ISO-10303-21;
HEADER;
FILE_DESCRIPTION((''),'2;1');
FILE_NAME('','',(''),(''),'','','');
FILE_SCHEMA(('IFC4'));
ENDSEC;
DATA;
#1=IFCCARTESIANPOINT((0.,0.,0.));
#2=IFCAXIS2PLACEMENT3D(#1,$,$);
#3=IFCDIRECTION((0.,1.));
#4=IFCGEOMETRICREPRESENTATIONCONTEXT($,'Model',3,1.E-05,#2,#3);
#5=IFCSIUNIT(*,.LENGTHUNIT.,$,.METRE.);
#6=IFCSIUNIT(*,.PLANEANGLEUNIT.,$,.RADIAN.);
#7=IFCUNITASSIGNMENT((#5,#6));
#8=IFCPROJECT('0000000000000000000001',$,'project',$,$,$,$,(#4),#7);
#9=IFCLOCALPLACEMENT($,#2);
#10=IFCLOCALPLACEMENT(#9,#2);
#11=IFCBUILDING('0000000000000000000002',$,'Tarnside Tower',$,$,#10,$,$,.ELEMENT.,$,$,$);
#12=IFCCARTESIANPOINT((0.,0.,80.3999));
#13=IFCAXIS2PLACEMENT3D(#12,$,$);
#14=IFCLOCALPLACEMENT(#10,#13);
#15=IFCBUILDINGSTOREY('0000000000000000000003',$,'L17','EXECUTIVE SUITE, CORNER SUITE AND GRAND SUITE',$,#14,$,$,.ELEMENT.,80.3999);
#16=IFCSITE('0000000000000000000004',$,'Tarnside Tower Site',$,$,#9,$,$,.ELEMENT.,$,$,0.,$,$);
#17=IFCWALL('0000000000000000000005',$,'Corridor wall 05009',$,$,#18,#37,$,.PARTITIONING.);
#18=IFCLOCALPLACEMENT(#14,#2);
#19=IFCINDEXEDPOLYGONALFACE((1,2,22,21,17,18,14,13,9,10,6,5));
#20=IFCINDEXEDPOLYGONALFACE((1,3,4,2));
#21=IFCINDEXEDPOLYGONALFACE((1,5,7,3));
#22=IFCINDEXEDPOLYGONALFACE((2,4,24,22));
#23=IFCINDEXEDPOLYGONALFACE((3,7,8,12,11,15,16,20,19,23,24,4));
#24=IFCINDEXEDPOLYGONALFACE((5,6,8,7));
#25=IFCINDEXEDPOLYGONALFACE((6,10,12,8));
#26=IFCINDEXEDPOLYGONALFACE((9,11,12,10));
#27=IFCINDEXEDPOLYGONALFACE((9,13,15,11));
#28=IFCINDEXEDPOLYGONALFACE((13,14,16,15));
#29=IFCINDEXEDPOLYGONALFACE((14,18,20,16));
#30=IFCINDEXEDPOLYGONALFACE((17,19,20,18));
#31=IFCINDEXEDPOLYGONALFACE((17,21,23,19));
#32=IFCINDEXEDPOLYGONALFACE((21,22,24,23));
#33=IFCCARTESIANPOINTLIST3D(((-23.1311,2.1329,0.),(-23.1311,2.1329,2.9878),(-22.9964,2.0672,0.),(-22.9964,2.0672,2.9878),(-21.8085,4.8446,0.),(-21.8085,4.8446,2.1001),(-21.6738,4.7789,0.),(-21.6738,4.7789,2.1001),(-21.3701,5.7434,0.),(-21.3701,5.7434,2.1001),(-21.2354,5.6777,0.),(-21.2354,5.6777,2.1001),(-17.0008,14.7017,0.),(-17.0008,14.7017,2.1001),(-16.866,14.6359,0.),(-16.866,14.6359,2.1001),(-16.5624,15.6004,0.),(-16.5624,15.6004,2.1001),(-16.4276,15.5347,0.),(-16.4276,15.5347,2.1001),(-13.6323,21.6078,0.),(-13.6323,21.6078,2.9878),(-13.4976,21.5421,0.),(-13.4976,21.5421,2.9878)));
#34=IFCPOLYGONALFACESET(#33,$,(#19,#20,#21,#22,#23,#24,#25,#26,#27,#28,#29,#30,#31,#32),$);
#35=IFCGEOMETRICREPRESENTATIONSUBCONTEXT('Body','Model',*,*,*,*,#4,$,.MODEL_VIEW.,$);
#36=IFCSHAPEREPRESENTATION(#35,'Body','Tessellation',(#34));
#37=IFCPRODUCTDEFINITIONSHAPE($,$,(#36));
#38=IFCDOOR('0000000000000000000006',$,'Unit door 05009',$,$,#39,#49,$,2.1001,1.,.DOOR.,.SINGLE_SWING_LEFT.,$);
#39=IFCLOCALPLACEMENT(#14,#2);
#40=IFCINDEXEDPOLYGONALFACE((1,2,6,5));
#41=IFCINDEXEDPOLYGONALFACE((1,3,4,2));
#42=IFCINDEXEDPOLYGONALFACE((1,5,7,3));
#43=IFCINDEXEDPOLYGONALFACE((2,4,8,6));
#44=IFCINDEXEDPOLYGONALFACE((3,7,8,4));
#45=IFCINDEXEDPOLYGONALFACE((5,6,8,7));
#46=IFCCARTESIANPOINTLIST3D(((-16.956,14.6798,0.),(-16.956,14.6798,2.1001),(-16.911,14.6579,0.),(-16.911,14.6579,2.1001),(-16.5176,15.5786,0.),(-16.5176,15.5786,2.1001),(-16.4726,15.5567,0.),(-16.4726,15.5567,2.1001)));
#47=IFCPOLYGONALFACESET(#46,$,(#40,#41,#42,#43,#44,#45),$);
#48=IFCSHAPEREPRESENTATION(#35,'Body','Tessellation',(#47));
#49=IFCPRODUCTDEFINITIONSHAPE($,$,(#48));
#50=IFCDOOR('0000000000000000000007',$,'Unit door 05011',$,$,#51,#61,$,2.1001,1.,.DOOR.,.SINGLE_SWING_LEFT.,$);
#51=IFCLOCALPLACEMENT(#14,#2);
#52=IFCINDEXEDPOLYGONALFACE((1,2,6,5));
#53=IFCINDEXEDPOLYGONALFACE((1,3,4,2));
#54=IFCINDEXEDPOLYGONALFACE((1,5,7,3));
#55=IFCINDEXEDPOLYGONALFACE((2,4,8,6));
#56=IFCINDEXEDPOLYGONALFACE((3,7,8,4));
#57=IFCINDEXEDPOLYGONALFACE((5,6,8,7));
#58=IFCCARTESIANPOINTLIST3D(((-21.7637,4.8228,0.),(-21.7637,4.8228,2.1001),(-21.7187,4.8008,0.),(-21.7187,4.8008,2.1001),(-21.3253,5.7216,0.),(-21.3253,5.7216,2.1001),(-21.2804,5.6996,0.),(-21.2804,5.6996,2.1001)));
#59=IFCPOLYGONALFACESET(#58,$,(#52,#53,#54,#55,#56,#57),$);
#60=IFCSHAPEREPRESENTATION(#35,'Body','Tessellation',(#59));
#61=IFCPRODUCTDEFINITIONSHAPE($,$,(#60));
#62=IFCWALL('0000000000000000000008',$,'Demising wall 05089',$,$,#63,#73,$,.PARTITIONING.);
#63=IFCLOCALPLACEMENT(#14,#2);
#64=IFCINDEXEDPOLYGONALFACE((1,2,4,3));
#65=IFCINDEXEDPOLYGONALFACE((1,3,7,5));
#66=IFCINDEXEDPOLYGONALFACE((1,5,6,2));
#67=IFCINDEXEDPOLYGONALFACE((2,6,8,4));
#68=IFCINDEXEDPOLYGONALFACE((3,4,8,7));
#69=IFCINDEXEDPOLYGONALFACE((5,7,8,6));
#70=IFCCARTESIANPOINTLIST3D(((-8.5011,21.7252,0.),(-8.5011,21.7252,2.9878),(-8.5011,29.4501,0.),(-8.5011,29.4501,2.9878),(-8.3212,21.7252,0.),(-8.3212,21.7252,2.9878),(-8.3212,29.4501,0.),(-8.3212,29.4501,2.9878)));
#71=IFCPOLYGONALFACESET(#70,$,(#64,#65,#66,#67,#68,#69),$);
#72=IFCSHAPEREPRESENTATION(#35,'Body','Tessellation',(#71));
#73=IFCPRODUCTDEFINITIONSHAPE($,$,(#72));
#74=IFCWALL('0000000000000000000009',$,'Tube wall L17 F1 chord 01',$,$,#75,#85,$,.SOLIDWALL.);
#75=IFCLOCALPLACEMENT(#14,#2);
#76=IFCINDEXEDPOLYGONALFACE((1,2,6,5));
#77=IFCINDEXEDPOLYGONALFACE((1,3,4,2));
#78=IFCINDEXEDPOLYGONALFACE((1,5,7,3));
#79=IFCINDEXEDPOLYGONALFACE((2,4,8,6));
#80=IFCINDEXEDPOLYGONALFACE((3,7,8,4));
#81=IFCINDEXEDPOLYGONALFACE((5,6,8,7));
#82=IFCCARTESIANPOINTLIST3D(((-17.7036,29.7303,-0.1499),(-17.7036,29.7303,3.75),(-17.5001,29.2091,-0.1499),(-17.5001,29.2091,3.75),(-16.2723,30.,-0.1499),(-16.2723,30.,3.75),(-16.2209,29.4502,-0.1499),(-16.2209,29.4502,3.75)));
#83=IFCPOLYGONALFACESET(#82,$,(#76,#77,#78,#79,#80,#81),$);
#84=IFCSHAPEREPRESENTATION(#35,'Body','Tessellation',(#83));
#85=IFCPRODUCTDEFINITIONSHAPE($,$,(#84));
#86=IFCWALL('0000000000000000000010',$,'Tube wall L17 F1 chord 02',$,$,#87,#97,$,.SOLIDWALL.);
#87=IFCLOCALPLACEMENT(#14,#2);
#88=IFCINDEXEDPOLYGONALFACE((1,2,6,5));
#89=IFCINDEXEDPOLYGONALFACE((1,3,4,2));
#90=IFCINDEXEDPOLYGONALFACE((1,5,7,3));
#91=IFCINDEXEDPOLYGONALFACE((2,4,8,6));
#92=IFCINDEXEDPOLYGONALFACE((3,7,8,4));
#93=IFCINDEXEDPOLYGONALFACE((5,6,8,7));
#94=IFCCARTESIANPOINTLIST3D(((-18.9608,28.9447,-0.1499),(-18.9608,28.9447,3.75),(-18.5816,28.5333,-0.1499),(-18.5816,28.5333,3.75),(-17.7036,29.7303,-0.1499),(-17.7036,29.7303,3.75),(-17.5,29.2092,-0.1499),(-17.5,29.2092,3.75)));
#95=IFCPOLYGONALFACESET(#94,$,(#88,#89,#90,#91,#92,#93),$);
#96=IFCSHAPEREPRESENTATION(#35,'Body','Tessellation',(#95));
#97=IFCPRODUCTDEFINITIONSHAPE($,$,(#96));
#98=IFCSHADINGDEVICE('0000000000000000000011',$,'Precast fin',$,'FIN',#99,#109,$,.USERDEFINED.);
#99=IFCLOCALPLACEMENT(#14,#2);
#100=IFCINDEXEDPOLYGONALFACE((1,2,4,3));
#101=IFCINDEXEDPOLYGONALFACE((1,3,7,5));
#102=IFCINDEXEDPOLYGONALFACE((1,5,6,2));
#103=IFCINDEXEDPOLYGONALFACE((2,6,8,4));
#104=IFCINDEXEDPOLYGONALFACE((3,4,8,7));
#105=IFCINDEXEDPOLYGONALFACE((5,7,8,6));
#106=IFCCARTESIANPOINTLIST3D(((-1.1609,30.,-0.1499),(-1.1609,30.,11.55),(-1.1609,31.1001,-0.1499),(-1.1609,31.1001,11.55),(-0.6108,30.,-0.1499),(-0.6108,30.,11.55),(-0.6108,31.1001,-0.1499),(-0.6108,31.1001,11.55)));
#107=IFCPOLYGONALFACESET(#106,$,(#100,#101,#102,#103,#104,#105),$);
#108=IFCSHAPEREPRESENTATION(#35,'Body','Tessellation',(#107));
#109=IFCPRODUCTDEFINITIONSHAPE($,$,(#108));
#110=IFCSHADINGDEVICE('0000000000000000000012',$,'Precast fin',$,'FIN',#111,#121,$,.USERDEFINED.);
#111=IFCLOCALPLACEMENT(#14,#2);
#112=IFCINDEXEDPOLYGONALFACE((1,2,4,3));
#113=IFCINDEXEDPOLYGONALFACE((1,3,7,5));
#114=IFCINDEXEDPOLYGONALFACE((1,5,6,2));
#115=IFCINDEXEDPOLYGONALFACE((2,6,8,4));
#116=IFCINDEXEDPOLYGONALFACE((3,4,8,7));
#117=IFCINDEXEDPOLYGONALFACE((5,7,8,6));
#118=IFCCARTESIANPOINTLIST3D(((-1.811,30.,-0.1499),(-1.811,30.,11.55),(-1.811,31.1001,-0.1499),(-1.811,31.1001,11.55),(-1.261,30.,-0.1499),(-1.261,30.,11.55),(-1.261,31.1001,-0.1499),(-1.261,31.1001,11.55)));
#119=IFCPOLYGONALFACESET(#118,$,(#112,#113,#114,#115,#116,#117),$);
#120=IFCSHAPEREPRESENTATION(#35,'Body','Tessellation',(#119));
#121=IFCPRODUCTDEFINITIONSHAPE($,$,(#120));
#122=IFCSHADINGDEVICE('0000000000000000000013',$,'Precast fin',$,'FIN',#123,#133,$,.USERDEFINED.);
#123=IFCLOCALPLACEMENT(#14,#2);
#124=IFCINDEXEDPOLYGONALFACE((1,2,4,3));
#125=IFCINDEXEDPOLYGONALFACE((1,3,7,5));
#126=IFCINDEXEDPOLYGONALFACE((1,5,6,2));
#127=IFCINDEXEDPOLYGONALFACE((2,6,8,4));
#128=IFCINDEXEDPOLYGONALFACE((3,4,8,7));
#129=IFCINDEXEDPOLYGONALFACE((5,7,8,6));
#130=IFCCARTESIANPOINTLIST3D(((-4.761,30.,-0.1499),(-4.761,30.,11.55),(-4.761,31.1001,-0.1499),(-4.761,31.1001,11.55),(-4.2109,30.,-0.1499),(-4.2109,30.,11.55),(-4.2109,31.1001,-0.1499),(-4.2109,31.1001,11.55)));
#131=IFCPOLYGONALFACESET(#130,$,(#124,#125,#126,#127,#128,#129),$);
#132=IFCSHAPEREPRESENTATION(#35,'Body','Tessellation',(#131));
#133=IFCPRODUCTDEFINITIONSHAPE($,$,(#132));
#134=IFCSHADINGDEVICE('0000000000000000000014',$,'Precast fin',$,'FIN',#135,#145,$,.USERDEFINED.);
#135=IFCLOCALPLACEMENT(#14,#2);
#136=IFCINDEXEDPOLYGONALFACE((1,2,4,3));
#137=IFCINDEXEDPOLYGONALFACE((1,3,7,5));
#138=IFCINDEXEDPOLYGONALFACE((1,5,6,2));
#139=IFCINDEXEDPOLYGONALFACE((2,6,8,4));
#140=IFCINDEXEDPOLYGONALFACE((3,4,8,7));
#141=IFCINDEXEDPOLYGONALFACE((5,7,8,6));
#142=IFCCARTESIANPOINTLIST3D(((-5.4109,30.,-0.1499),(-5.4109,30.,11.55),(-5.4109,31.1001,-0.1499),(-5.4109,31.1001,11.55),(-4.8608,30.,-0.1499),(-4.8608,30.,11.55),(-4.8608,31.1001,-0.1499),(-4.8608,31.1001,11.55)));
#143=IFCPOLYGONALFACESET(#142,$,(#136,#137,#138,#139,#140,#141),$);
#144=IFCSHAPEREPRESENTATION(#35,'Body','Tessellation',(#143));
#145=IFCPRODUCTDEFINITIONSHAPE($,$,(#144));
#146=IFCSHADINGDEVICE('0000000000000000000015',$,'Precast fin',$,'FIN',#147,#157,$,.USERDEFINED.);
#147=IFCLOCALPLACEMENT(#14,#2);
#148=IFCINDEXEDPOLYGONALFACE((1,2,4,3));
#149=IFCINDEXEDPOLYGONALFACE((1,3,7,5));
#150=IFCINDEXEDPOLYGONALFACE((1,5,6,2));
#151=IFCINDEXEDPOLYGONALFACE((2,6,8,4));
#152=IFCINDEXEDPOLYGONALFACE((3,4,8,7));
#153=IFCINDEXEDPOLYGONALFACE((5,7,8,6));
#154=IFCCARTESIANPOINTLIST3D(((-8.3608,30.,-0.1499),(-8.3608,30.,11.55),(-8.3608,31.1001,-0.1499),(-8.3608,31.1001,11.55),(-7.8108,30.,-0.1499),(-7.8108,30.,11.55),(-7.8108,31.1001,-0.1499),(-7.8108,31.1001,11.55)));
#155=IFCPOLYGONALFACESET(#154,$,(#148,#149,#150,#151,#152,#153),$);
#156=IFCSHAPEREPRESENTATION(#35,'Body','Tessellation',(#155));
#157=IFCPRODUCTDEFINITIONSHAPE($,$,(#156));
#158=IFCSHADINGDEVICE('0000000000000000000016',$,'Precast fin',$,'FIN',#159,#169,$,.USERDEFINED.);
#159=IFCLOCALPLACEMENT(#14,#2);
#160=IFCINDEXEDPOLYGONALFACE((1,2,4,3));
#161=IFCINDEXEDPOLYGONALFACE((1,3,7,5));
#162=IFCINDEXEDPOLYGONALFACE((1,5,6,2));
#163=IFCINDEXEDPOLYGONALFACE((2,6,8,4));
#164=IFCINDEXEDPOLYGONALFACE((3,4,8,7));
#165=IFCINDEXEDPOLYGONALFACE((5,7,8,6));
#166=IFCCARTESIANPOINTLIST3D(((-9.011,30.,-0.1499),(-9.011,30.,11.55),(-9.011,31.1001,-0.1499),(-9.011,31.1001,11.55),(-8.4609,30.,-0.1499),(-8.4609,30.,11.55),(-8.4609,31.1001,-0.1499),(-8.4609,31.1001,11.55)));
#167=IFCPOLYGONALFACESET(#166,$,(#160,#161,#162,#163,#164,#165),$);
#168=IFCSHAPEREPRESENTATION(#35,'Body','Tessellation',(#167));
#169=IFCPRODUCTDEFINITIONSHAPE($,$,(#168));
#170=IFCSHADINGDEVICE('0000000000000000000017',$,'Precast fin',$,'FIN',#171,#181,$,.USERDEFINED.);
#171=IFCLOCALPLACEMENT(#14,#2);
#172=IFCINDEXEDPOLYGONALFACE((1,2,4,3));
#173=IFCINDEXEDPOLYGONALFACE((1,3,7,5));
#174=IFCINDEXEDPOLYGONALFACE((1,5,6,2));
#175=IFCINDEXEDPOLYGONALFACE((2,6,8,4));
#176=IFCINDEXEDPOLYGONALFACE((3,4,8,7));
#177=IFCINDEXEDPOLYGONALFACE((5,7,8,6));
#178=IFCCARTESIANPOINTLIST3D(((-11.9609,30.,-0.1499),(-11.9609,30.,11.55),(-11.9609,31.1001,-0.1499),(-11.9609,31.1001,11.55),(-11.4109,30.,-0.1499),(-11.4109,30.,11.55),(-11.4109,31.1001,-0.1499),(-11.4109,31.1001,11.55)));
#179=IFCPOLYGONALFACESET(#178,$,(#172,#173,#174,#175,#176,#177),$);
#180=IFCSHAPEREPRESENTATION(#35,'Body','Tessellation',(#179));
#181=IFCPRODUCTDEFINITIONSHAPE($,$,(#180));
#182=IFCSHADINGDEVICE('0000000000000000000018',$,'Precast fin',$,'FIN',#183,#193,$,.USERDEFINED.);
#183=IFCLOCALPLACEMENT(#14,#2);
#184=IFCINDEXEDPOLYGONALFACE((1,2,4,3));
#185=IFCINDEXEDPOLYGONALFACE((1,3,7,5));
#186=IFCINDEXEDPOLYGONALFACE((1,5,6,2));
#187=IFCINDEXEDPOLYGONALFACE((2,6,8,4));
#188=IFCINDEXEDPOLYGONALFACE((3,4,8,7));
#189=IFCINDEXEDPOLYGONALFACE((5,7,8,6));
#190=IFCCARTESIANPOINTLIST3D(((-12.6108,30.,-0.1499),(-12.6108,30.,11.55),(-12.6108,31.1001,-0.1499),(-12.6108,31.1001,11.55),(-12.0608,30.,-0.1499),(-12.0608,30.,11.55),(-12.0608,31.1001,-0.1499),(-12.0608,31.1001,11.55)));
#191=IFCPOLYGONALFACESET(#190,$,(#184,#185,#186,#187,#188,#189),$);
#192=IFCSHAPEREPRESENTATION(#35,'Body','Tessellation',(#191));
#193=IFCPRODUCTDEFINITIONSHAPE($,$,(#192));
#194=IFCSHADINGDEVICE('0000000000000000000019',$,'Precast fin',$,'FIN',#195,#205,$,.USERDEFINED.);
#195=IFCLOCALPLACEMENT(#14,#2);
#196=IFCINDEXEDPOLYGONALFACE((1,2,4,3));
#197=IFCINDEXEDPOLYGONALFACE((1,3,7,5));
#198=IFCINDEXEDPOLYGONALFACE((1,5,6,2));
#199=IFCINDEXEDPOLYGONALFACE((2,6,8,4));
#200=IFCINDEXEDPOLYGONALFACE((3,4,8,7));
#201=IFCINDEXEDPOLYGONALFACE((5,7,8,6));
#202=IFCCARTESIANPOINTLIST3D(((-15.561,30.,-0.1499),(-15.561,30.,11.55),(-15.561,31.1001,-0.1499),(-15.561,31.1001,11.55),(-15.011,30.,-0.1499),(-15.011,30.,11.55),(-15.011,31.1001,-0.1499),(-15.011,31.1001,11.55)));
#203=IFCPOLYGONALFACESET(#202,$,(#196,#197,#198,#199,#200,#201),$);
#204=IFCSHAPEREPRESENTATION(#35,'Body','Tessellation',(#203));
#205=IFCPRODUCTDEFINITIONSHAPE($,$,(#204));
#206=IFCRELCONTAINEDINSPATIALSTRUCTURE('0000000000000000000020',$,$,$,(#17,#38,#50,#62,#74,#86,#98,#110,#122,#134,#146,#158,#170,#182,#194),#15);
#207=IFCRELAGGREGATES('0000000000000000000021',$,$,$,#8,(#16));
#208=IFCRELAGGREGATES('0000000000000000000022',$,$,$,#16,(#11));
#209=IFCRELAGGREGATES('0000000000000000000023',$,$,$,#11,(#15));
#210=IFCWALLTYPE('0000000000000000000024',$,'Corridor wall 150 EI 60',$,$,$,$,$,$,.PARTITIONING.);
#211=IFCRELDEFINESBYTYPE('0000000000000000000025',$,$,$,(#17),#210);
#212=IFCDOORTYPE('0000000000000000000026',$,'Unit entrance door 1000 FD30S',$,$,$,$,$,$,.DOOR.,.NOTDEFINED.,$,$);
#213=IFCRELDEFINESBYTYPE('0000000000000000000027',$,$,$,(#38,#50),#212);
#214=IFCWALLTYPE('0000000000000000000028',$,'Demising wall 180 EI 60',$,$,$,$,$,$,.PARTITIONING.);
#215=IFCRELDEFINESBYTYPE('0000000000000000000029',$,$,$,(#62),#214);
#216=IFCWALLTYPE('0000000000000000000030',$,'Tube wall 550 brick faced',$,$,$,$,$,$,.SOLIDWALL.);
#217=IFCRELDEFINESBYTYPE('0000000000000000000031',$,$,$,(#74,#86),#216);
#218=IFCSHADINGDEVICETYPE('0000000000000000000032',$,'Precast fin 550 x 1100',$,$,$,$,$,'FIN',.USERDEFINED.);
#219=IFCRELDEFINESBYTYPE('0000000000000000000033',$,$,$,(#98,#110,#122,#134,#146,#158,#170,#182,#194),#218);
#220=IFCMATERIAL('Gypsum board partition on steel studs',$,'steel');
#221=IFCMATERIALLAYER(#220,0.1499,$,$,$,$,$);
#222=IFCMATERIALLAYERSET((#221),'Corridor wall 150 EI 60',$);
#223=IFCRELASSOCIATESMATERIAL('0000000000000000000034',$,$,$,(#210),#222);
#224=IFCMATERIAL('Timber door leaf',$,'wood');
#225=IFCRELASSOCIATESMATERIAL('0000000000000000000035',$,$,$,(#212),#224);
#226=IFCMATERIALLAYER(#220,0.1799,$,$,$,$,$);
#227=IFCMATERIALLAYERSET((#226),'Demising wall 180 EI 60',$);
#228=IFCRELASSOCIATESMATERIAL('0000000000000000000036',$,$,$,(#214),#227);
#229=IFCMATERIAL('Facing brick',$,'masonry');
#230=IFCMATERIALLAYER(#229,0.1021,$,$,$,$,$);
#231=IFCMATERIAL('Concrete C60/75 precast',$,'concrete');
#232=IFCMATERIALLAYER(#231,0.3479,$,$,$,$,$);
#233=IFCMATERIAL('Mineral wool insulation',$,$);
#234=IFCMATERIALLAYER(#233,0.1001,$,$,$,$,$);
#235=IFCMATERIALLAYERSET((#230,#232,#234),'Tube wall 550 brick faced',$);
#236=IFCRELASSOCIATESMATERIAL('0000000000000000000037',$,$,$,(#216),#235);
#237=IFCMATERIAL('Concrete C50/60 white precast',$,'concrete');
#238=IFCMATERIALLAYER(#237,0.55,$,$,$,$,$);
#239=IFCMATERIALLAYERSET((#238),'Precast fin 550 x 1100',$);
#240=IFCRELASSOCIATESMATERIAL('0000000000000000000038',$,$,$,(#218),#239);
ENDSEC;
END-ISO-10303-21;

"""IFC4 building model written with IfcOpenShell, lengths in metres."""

from ifc_helpers import new_model, si_unit, direction, frame, frame_2d, origin, place, context, subcontext, project, spatial, polyline, rectangle, outline, extrude, material, layer, layer_set, type_object, element, fill, save


model = new_model("IFC4")

# Units and contexts
model_context = context("Model", 3, precision=1e-05, world=origin(), true_north=direction((0.0, 1.0)))
body_context = subcontext(model_context, "Body", "Model", "MODEL_VIEW")
ifc_project = project(units=[si_unit("LENGTHUNIT", "METRE"), si_unit("PLANEANGLEUNIT", "RADIAN")], contexts=[model_context])

# Site, building, storey
site_placement = place(None, origin())
site = spatial("IfcSite", under=ifc_project, at=site_placement, Name="Tarnside Tower Site", CompositionType="ELEMENT", RefElevation=0.0)
building_placement = place(site_placement, origin())
building = spatial("IfcBuilding", under=site, at=building_placement, Name="Tarnside Tower", CompositionType="ELEMENT")
storey_placement = place(building_placement, frame((0.0, 0.0, 80.3999)))
storey = spatial("IfcBuildingStorey", under=building, at=storey_placement, Name="L17", Description="EXECUTIVE SUITE, CORNER SUITE AND GRAND SUITE", CompositionType="ELEMENT", Elevation=80.3999)

# Shared definitions
ifc_material_1 = material(Name="Gypsum board partition on steel studs", Category="steel")
ifc_material_2 = material(Name="Timber door leaf", Category="wood")

# Wall, openings, doors
ifc_layer_1 = layer(ifc_material_1, 0.1499)
ifc_layer_set_1 = layer_set([ifc_layer_1], Name="Corridor wall 150 EI 60")
wall_type_1 = type_object("IfcWallType", Name="Corridor wall 150 EI 60", PredefinedType="PARTITIONING", material=ifc_layer_set_1)
wall_1_placement = place(storey_placement, frame((-13.5649, 21.575, 0.0), z_axis=(0.0, 0.0, 1.0), x_axis=(-0.438381, -0.898789, 0.0)))
wall_1 = element("IfcWall", 1, at=wall_1_placement, inside=storey, type_object=wall_type_1, Name="Corridor wall 05009", PredefinedType="PARTITIONING", context=body_context, shape_type="SweptSolid", body=[
    extrude(rectangle(XDim=21.668, YDim=0.1499, at=frame_2d((10.834, 0.0))), origin(), (0.0, 0.0, 1.0), 2.9878),
])
opening_1_placement = place(wall_1_placement, frame((6.6838, 0.0, 0.0)))
opening_1 = element("IfcOpeningElement", 2, at=opening_1_placement, cuts=wall_1, PredefinedType="OPENING", context=body_context, shape_type="SweptSolid", body=[
    extrude(rectangle(XDim=1.0, YDim=2.1001, at=frame_2d((0.5, 1.05))), frame((0.0, 0.085, 0.0), z_axis=(0.0, -1.0, 0.0), x_axis=(1.0, 0.0, 0.0)), (0.0, 0.0, 1.0), 0.1699),
])
opening_2_placement = place(wall_1_placement, frame((17.6509, 0.0, 0.0)))
opening_2 = element("IfcOpeningElement", 3, at=opening_2_placement, cuts=wall_1, PredefinedType="OPENING", context=body_context, shape_type="SweptSolid", body=[
    extrude(rectangle(XDim=1.0, YDim=2.1001, at=frame_2d((0.5, 1.05))), frame((0.0, 0.085, 0.0), z_axis=(0.0, -1.0, 0.0), x_axis=(1.0, 0.0, 0.0)), (0.0, 0.0, 1.0), 0.1699),
])
door_type_1 = type_object("IfcDoorType", Name="Unit entrance door 1000 FD30S", OperationType="NOTDEFINED", PredefinedType="DOOR", material=ifc_material_2)
door_1_placement = place(opening_1_placement, origin())
door_1 = element("IfcDoor", 4, at=door_1_placement, inside=storey, type_object=door_type_1, Name="Unit door 05009", OperationType="SINGLE_SWING_LEFT", OverallHeight=2.1001, OverallWidth=1.0, PredefinedType="DOOR", context=body_context, shape_type="SweptSolid", body=[
    extrude(rectangle(XDim=1.0, YDim=2.1001, at=frame_2d((0.5, 1.05))), frame((0.0, 0.0249, 0.0), z_axis=(0.0, -1.0, 0.0), x_axis=(1.0, 0.0, 0.0)), (0.0, 0.0, 1.0), 0.05),
])
fill(opening_1, door_1)
door_2_placement = place(opening_2_placement, origin())
door_2 = element("IfcDoor", 5, at=door_2_placement, inside=storey, type_object=door_type_1, Name="Unit door 05011", OperationType="SINGLE_SWING_LEFT", OverallHeight=2.1001, OverallWidth=1.0, PredefinedType="DOOR", context=body_context, shape_type="SweptSolid", body=[
    extrude(rectangle(XDim=1.0, YDim=2.1001, at=frame_2d((0.5, 1.05))), frame((0.0, 0.0249, 0.0), z_axis=(0.0, -1.0, 0.0), x_axis=(1.0, 0.0, 0.0)), (0.0, 0.0, 1.0), 0.05),
])
fill(opening_2, door_2)

# Walls
ifc_layer_2 = layer(ifc_material_1, 0.1799)
ifc_layer_set_2 = layer_set([ifc_layer_2], Name="Demising wall 180 EI 60")
wall_type_2 = type_object("IfcWallType", Name="Demising wall 180 EI 60", PredefinedType="PARTITIONING", material=ifc_layer_set_2)
wall_2_placement = place(storey_placement, frame((-8.4111, 29.45, 0.0), z_axis=(0.0, 0.0, 1.0), x_axis=(0.0, -1.0, 0.0)))
element("IfcWall", 6, at=wall_2_placement, inside=storey, type_object=wall_type_2, Name="Demising wall 05089", PredefinedType="PARTITIONING", context=body_context, shape_type="SweptSolid", body=[
    extrude(rectangle(XDim=7.7249, YDim=0.1799, at=frame_2d((3.8623, 0.0))), origin(), (0.0, 0.0, 1.0), 2.9878),
])
ifc_material_3 = material(Name="Facing brick", Category="masonry")
ifc_layer_3 = layer(ifc_material_3, 0.1021)
ifc_material_4 = material(Name="Concrete C60/75 precast", Category="concrete")
ifc_layer_4 = layer(ifc_material_4, 0.3479)
ifc_material_5 = material(Name="Mineral wool insulation")
ifc_layer_5 = layer(ifc_material_5, 0.1001)
ifc_layer_set_3 = layer_set([ifc_layer_3, ifc_layer_4, ifc_layer_5], Name="Tube wall 550 brick faced")
wall_type_3 = type_object("IfcWallType", Name="Tube wall 550 brick faced", PredefinedType="SOLIDWALL", material=ifc_layer_set_3)
wall_3_placement = place(storey_placement, frame((-16.2466, 29.7251, -0.1499), z_axis=(0.0, 0.0, 1.0), x_axis=(-0.982705, -0.185176, 0.0)))
element("IfcWall", 7, at=wall_3_placement, inside=storey, type_object=wall_type_3, Name="Tube wall L17 F1 chord 01", PredefinedType="SOLIDWALL", context=body_context, shape_type="SweptSolid", body=[
    extrude(outline(polyline([(-0.0256, -0.2749), (1.4309, -0.2749), (1.3274, 0.2749), (0.0256, 0.2749), (-0.0256, -0.2749)])), origin(), (0.0, 0.0, 1.0), 3.8999),
])
wall_4_placement = place(storey_placement, frame((-17.6018, 29.4697, -0.1499), z_axis=(0.0, 0.0, 1.0), x_axis=(-0.848058, -0.529903, 0.0)))
element("IfcWall", 8, at=wall_4_placement, inside=storey, type_object=wall_type_3, Name="Tube wall L17 F1 chord 02", PredefinedType="SOLIDWALL", context=body_context, shape_type="SweptSolid", body=[
    extrude(outline(polyline([(-0.0518, -0.2749), (1.4307, -0.2749), (1.3271, 0.2749), (0.0518, 0.2749), (-0.0518, -0.2749)])), origin(), (0.0, 0.0, 1.0), 3.8999),
])

# Shading devices
ifc_material_6 = material(Name="Concrete C50/60 white precast", Category="concrete")
ifc_layer_6 = layer(ifc_material_6, 0.55)
ifc_layer_set_4 = layer_set([ifc_layer_6], Name="Precast fin 550 x 1100")
shading_device_type_1 = type_object("IfcShadingDeviceType", Name="Precast fin 550 x 1100", ElementType="FIN", PredefinedType="USERDEFINED", material=ifc_layer_set_4)
for number, where, z_axis, x_axis, name in (
    (9, (-0.886, 30.0, -0.1499), (1.0, 0.0, 0.0), (0.0, 1.0, 0.0), "Precast fin"),
    (10, (-1.5361, 30.0, -0.1499), (1.0, 0.0, 0.0), (0.0, 1.0, 0.0), "Precast fin"),
    (11, (-4.4861, 30.0, -0.1499), (1.0, 0.0, 0.0), (0.0, 1.0, 0.0), "Precast fin"),
    (12, (-5.136, 30.0, -0.1499), (1.0, 0.0, 0.0), (0.0, 1.0, 0.0), "Precast fin"),
    (13, (-8.0859, 30.0, -0.1499), (1.0, 0.0, 0.0), (0.0, 1.0, 0.0), "Precast fin"),
    (14, (-8.7361, 30.0, -0.1499), (1.0, 0.0, 0.0), (0.0, 1.0, 0.0), "Precast fin"),
    (15, (-11.686, 30.0, -0.1499), (1.0, 0.0, 0.0), (0.0, 1.0, 0.0), "Precast fin"),
    (16, (-12.3359, 30.0, -0.1499), (1.0, 0.0, 0.0), (0.0, 1.0, 0.0), "Precast fin"),
    (17, (-15.2861, 30.0, -0.1499), (1.0, 0.0, 0.0), (0.0, 1.0, 0.0), "Precast fin"),
):
    element("IfcShadingDevice", number, at=place(storey_placement, frame(where, z_axis=z_axis, x_axis=x_axis)), inside=storey, type_object=shading_device_type_1, Name=name, ObjectType="FIN", PredefinedType="USERDEFINED", context=body_context, shape_type="SweptSolid", body=[
        extrude(outline(polyline([(0.0, 0.0), (1.1001, 0.0), (1.1001, 11.7), (0.0, 11.7), (0.0, 0.0)])), frame((0.0, 0.0, -0.2749)), (0.0, 0.0, 1.0), 0.55),
    ])

save(model, "model.ifc")
